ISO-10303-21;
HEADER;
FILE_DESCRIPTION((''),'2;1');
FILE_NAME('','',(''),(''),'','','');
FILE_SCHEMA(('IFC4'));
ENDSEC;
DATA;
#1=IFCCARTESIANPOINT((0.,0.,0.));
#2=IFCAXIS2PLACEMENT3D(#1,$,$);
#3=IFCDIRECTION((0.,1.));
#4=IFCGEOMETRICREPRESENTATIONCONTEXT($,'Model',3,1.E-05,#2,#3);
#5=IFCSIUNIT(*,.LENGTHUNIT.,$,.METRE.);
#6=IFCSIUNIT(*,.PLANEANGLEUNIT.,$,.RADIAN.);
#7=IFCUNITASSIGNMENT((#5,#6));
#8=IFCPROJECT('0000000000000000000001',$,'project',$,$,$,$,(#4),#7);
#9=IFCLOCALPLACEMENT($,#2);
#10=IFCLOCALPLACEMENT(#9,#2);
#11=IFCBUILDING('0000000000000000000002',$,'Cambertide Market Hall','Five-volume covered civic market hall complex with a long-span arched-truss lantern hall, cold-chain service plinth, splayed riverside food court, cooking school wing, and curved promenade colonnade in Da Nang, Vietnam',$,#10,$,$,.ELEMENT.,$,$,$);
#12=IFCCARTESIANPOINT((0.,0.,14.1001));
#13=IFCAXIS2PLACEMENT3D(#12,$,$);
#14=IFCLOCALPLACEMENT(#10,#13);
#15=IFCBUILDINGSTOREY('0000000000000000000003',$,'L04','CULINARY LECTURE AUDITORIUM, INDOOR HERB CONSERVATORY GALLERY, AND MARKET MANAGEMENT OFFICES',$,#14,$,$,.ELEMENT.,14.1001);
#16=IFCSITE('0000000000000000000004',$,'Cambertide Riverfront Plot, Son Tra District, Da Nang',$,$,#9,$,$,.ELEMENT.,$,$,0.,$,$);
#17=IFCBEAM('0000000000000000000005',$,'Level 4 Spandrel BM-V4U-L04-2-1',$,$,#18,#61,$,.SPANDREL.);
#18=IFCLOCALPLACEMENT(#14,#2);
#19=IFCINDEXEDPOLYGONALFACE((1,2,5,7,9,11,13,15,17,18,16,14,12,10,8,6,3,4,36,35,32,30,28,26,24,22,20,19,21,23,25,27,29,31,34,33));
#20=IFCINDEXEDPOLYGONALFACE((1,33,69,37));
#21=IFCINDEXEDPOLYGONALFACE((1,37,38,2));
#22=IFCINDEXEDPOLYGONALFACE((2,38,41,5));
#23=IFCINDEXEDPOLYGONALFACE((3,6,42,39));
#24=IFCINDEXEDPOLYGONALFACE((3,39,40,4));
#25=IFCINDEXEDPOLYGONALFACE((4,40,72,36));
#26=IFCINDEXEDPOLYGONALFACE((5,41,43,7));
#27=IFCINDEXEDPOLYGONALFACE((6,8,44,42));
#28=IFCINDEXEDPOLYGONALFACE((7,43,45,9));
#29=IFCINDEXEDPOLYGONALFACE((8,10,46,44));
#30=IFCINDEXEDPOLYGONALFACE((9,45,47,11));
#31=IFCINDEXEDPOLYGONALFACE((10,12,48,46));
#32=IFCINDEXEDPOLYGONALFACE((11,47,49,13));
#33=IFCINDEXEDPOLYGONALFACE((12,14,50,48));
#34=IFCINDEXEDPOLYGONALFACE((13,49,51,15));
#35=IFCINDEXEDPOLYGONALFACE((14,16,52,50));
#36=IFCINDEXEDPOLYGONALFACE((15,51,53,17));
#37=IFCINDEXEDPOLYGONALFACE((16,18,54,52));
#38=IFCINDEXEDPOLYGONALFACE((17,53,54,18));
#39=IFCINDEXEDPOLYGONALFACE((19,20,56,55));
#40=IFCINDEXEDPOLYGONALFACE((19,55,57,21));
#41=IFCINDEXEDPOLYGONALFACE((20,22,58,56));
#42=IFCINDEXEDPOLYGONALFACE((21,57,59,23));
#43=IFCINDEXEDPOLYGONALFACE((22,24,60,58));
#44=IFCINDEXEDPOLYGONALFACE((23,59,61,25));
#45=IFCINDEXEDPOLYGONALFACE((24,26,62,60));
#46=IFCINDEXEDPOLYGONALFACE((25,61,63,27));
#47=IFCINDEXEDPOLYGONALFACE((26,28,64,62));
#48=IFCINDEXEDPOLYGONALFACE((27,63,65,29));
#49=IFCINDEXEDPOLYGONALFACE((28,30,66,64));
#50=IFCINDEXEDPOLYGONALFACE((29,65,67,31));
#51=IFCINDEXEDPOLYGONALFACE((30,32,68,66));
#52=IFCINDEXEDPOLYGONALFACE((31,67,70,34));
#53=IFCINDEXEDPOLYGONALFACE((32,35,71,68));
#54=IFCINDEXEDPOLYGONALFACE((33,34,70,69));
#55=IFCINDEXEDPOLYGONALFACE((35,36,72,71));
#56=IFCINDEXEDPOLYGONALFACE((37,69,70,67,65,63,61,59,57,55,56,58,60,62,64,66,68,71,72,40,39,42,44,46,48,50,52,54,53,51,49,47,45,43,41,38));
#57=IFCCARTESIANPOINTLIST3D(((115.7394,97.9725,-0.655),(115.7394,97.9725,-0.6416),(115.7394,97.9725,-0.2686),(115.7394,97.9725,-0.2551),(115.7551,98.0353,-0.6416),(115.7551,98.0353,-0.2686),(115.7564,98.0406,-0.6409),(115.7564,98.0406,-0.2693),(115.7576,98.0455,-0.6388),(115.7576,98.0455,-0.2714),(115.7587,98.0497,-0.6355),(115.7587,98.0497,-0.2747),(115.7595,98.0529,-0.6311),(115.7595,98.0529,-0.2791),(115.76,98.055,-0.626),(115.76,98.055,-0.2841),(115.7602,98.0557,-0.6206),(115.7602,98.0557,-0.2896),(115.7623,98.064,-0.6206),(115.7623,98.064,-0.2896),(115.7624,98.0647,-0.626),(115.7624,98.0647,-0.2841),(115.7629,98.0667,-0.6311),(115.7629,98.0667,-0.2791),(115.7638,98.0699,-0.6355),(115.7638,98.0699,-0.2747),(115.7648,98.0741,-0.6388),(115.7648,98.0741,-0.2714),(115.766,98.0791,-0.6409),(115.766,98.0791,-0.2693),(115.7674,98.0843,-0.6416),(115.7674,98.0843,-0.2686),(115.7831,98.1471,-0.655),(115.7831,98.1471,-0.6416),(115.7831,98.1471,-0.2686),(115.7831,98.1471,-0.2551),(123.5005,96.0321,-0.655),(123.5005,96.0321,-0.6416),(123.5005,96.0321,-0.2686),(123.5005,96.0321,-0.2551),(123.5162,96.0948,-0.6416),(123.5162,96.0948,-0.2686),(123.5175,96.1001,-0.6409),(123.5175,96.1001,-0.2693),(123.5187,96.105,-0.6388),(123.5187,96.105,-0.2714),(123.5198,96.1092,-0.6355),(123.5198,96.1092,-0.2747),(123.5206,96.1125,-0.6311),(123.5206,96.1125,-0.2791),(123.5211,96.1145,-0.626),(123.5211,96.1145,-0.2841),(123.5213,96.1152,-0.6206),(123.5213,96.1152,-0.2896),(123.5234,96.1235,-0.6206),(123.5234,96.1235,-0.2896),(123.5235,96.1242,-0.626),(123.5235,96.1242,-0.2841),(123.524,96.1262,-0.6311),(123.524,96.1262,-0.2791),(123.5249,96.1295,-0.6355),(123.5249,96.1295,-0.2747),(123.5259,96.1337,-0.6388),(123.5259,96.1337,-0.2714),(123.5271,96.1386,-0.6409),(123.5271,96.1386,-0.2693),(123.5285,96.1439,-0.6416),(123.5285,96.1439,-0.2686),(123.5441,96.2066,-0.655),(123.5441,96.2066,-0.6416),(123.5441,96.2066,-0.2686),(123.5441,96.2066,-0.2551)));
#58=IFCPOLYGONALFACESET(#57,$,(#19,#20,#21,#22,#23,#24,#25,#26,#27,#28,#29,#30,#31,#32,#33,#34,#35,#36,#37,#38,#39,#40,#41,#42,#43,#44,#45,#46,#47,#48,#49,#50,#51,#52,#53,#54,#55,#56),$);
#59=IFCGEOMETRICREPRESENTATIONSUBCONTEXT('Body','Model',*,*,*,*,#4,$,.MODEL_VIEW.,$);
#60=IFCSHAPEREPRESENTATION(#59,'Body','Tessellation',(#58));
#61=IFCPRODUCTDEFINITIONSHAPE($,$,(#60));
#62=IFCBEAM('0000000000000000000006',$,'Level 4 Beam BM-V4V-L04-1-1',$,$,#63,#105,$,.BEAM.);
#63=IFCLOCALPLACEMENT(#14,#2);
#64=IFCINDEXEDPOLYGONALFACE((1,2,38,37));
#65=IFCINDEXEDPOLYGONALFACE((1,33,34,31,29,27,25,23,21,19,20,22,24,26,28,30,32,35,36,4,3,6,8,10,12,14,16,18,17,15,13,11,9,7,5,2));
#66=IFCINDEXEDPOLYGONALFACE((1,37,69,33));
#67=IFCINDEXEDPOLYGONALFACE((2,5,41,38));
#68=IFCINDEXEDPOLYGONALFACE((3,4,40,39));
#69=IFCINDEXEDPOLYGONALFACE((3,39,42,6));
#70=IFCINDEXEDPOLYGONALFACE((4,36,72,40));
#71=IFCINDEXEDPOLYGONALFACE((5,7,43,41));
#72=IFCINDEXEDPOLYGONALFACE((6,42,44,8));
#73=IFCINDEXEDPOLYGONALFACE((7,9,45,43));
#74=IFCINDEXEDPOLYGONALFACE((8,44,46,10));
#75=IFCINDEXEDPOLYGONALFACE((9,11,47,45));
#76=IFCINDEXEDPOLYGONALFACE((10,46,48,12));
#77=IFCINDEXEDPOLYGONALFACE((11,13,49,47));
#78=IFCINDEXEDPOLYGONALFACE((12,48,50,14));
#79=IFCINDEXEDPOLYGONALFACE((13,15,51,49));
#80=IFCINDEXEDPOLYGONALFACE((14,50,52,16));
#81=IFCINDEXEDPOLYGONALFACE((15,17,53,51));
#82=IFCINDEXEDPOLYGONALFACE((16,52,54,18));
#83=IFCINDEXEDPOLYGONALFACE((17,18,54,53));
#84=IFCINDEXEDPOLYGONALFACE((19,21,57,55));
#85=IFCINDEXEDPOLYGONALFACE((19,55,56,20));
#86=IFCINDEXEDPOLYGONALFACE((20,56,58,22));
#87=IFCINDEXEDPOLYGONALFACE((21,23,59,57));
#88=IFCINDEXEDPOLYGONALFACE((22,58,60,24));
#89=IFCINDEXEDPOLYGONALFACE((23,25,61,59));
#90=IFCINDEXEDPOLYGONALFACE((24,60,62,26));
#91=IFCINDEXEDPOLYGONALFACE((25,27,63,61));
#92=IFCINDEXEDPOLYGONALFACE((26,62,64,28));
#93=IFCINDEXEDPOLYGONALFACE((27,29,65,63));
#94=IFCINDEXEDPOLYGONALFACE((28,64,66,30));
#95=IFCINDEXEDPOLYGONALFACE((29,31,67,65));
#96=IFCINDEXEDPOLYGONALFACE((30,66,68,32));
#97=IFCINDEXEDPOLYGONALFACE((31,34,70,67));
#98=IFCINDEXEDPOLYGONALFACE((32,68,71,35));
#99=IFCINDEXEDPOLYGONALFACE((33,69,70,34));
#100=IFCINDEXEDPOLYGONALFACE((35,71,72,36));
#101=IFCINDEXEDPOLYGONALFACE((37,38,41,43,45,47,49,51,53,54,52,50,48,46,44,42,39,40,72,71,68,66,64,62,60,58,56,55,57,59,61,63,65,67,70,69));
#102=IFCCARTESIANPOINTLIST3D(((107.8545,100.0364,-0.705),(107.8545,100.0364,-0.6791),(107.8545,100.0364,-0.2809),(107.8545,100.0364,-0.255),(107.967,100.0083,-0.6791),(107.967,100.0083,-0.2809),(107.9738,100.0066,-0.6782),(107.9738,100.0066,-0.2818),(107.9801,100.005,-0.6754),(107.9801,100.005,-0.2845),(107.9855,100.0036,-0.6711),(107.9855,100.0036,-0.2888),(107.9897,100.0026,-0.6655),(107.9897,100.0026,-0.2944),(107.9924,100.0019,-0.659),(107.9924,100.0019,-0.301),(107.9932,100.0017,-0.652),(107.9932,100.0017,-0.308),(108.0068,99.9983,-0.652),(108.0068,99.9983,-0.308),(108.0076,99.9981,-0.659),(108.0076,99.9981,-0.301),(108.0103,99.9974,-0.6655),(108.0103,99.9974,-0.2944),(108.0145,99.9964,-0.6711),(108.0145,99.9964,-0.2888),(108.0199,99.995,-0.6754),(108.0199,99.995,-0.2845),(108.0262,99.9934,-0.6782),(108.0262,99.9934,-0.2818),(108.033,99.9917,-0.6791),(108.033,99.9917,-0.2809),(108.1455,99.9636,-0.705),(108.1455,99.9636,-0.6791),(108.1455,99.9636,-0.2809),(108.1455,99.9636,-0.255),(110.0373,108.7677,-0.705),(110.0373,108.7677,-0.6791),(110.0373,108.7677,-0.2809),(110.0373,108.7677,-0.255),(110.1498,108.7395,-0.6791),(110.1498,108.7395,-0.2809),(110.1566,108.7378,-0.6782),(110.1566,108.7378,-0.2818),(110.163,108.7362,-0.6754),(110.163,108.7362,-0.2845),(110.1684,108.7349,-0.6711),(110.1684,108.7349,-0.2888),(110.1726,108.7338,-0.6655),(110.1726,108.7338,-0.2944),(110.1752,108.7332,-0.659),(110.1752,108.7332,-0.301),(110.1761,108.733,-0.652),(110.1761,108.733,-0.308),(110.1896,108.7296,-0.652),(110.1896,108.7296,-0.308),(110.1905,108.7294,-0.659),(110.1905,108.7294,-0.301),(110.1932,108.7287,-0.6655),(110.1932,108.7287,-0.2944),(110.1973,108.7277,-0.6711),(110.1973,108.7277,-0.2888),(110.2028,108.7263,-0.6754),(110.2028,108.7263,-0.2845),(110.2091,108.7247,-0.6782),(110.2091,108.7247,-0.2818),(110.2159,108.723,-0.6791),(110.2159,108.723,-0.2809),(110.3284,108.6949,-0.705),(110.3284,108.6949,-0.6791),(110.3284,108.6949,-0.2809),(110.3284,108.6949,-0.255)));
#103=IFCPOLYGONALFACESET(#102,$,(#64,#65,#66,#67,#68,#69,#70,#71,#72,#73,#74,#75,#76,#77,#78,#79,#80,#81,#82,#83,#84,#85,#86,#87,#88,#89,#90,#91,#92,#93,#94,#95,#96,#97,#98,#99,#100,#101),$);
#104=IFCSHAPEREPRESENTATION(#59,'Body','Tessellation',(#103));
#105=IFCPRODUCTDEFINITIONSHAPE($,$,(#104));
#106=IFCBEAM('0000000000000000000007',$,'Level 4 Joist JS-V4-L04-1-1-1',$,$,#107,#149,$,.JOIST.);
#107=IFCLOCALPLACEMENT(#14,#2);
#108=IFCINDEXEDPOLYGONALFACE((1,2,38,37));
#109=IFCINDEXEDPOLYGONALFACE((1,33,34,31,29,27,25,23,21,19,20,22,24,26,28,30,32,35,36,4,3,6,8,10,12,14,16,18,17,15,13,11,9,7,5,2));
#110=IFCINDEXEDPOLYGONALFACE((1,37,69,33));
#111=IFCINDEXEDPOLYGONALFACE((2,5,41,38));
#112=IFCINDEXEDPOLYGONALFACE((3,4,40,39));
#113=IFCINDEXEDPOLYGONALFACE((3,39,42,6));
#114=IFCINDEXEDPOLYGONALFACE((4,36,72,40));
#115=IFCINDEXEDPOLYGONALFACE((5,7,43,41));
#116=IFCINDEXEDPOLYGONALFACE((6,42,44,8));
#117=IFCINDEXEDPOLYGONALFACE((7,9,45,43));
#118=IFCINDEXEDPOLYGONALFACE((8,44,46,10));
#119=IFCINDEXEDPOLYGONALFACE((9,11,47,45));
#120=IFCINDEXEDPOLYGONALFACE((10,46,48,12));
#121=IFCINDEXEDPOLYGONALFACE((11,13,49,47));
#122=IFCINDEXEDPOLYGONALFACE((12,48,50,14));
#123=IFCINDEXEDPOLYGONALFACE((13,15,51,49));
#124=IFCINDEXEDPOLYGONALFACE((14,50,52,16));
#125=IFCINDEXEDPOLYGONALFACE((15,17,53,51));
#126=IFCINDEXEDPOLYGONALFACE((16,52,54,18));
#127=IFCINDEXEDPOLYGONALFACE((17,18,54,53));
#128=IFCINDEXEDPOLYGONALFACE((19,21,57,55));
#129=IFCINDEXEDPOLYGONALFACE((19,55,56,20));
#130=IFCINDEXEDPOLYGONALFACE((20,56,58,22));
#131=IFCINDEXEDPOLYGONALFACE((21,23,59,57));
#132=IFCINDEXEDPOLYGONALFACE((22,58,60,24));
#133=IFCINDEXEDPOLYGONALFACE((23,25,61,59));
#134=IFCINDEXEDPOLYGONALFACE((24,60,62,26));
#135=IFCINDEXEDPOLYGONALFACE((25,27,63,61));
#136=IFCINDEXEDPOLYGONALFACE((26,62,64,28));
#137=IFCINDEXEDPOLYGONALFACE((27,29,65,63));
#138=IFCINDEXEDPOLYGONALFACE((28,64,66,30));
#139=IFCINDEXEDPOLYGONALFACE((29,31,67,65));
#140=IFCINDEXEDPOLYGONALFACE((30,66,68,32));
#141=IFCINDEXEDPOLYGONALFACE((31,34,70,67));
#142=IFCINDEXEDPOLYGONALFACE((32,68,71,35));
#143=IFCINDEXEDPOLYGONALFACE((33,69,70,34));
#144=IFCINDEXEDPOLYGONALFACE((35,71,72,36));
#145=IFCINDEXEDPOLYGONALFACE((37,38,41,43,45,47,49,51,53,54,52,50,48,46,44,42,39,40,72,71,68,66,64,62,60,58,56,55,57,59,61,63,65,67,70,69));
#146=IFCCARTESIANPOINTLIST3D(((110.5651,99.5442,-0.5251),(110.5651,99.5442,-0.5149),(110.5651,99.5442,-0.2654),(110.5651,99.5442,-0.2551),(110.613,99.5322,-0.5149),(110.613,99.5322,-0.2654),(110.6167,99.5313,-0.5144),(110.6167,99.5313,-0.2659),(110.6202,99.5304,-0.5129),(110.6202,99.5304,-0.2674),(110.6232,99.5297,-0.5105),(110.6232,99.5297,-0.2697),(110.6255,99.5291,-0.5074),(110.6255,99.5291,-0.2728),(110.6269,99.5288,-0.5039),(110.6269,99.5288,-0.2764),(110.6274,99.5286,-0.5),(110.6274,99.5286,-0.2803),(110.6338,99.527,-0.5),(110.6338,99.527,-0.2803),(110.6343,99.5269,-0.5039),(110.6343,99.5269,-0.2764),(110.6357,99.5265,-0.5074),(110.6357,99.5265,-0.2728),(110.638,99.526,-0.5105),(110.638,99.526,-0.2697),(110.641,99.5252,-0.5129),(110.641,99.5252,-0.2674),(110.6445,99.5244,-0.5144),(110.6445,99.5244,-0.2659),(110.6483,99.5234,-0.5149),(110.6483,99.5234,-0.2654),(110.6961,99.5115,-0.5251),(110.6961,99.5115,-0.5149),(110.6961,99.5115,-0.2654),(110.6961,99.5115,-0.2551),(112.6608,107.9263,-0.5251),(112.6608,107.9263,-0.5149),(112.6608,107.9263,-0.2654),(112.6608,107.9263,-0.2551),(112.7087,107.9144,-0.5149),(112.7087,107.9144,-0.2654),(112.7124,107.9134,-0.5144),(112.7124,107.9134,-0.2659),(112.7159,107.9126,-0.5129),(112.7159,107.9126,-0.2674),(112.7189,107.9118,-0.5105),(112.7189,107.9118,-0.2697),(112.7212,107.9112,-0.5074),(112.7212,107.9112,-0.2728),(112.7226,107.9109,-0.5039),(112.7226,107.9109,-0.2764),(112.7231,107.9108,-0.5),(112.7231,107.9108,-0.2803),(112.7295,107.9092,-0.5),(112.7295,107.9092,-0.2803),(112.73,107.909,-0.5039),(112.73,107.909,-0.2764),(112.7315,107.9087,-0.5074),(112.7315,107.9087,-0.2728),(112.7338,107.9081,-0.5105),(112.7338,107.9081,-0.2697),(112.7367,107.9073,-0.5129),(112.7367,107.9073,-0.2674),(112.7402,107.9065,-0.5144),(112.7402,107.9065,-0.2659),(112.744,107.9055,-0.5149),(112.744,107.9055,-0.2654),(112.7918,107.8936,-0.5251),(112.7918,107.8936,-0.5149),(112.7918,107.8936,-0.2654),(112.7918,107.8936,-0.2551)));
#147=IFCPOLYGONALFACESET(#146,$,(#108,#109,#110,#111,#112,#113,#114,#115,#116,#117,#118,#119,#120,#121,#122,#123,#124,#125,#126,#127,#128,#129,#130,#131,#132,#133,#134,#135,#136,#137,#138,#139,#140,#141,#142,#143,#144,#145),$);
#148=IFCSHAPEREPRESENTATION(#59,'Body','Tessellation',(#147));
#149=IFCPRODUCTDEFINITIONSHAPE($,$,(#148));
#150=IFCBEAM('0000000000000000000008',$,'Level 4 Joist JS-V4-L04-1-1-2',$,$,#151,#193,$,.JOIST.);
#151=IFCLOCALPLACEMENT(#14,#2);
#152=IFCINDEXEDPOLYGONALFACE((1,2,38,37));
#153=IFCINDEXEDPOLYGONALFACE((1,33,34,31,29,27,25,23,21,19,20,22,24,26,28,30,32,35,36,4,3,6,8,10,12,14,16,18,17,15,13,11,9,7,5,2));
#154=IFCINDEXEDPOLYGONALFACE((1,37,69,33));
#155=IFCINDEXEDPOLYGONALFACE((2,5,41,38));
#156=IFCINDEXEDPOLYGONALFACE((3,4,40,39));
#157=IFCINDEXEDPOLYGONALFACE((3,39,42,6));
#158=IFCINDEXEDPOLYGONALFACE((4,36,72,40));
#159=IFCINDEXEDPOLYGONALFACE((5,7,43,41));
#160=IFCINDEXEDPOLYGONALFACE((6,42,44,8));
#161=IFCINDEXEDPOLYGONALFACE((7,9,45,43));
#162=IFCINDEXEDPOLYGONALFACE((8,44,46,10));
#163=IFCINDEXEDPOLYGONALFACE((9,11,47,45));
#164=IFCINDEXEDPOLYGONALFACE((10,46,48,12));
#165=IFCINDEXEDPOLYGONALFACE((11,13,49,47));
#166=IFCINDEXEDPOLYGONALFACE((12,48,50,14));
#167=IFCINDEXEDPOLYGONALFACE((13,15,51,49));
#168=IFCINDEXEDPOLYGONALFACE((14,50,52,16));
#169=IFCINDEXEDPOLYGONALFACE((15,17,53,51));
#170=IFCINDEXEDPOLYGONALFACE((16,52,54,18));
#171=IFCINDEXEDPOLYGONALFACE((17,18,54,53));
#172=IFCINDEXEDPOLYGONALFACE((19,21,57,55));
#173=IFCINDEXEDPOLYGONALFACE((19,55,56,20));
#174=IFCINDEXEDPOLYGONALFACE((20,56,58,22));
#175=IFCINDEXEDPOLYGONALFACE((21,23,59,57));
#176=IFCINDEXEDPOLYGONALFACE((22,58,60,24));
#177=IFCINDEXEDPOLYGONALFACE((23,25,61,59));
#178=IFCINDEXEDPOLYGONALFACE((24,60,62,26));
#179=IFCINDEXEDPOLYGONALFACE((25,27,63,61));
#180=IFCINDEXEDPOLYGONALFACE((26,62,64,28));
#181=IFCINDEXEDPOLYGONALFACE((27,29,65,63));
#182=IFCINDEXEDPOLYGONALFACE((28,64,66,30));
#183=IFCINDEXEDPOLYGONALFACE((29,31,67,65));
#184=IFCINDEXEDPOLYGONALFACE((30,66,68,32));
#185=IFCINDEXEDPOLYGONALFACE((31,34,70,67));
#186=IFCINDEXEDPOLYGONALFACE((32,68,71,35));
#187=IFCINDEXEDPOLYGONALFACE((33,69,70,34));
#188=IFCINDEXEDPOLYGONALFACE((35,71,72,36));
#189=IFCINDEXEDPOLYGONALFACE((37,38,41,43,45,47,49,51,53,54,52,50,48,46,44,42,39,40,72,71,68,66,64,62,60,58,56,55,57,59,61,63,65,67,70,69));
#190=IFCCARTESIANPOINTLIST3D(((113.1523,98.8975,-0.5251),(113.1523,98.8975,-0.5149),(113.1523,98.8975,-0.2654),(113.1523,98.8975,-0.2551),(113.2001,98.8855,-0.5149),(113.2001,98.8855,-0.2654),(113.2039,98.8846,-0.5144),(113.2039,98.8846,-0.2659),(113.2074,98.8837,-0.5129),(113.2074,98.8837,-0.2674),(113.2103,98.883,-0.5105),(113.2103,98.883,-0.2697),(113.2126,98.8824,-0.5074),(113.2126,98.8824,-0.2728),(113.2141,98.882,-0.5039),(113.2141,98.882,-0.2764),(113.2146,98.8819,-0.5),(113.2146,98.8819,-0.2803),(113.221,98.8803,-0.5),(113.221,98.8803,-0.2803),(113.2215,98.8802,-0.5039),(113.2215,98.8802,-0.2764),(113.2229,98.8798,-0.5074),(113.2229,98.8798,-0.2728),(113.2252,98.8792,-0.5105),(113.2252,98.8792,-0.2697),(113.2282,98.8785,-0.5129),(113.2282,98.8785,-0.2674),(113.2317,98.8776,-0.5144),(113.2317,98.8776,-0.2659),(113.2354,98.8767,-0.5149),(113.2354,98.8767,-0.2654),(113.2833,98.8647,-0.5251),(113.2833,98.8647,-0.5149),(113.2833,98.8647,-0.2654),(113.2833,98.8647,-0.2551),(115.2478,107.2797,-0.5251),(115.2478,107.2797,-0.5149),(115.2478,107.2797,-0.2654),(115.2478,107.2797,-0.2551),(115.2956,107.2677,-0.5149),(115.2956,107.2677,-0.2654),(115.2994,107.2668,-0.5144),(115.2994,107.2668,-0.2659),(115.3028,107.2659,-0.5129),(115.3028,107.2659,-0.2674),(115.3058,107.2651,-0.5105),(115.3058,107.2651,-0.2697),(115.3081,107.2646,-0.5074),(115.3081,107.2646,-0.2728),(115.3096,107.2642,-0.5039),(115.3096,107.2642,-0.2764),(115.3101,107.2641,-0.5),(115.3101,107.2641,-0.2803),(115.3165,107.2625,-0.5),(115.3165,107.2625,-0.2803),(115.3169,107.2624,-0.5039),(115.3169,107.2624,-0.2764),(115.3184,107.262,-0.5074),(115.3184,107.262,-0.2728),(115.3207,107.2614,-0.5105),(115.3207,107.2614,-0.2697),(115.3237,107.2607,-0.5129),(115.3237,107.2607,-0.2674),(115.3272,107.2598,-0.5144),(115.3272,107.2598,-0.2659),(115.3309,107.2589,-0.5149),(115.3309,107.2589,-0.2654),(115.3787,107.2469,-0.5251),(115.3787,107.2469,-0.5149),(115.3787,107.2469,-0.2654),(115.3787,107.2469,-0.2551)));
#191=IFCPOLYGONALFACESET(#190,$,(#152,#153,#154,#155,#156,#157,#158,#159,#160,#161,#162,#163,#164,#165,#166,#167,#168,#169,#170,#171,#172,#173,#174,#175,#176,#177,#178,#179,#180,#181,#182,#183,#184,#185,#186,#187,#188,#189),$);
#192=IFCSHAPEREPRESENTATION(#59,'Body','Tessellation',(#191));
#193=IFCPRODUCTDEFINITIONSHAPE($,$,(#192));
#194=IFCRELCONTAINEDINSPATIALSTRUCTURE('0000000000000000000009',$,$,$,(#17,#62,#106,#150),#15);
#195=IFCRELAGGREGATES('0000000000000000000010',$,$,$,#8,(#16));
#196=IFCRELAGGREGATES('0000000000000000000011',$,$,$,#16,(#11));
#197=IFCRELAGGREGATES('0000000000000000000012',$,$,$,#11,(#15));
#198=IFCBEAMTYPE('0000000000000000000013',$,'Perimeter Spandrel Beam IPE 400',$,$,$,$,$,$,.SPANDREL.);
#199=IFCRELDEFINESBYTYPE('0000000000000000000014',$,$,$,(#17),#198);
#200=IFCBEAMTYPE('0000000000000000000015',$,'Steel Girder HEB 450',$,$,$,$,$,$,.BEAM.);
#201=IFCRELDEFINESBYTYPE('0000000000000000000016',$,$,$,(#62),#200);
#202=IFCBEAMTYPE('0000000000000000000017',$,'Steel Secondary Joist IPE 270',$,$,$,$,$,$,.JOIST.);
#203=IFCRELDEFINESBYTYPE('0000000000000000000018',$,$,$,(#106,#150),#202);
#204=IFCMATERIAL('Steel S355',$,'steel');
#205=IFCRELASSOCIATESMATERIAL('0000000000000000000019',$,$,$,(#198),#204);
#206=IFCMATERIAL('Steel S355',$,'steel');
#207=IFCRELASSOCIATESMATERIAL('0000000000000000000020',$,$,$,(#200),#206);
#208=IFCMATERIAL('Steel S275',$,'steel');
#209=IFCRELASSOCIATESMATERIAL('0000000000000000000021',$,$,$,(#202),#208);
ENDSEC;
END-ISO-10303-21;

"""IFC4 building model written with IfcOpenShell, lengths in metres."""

from ifc_helpers import new_model, si_unit, direction, frame, origin, origin_2d, place, context, subcontext, project, spatial, i_section, extrude, material, material_profile, profile_set, type_object, element, save


model = new_model("IFC4")

# Units and contexts
model_context = context("Model", 3, precision=1e-05, world=origin(), true_north=direction((0.0, 1.0)))
body_context = subcontext(model_context, "Body", "Model", "MODEL_VIEW")
ifc_project = project(units=[si_unit("LENGTHUNIT", "METRE"), si_unit("PLANEANGLEUNIT", "RADIAN")], contexts=[model_context])

# Site, building, storey
site_placement = place(None, origin())
site = spatial("IfcSite", under=ifc_project, at=site_placement, Name="Cambertide Riverfront Plot, Son Tra District, Da Nang", CompositionType="ELEMENT", RefElevation=0.0)
building_placement = place(site_placement, origin())
building = spatial("IfcBuilding", under=site, at=building_placement, Name="Cambertide Market Hall", Description="Five-volume covered civic market hall complex with a long-span arched-truss lantern hall, cold-chain service plinth, splayed riverside food court, cooking school wing, and curved promenade colonnade in Da Nang, Vietnam", CompositionType="ELEMENT")
storey_placement = place(building_placement, frame((0.0, 0.0, 14.1001)))
storey = spatial("IfcBuildingStorey", under=building, at=storey_placement, Name="L04", Description="CULINARY LECTURE AUDITORIUM, INDOOR HERB CONSERVATORY GALLERY, AND MARKET MANAGEMENT OFFICES", CompositionType="ELEMENT", Elevation=14.1001)

# Beams
ifc_material_1 = material(Name="Steel S355", Category="steel")
ifc_material_profile_1 = material_profile(ifc_material_1, i_section(OverallWidth=0.1799, OverallDepth=0.3999, WebThickness=0.0085, FlangeThickness=0.0134, FilletRadius=0.021, at=origin_2d()), Name="IPE 400")
ifc_profile_set_1 = profile_set([ifc_material_profile_1], Name="Steel S355")
beam_type_1 = type_object("IfcBeamType", Name="Perimeter Spandrel Beam IPE 400", PredefinedType="SPANDREL", material=ifc_profile_set_1)
for number, where, z_axis, x_axis, name in (
    (1, (115.7612, 98.0598, -0.4551), (0.970137, -0.242557, 0.0), (0.242557, 0.970137, 0.0), "Level 4 Spandrel BM-V4U-L04-2-1"),
):
    element("IfcBeam", number, at=place(storey_placement, frame(where, z_axis=z_axis, x_axis=x_axis)), inside=storey, type_object=beam_type_1, Name=name, PredefinedType="SPANDREL", context=body_context, shape_type="SweptSolid", body=[
        extrude(i_section(OverallWidth=0.1799, OverallDepth=0.3999, WebThickness=0.0085, FlangeThickness=0.0134, FilletRadius=0.021, at=origin_2d()), origin(), (0.0, 0.0, 1.0), 8.0),
    ])
ifc_material_2 = material(Name="Steel S355", Category="steel")
ifc_material_profile_2 = material_profile(ifc_material_2, i_section(OverallWidth=0.3, OverallDepth=0.45, WebThickness=0.0139, FlangeThickness=0.0259, FilletRadius=0.0271, at=origin_2d()), Name="HEB 450")
ifc_profile_set_2 = profile_set([ifc_material_profile_2], Name="Steel S355")
beam_type_2 = type_object("IfcBeamType", Name="Steel Girder HEB 450", PredefinedType="BEAM", material=ifc_profile_set_2)
beam_1_placement = place(storey_placement, frame((108.0, 100.0, -0.48), z_axis=(0.242542, 0.970141, 0.0), x_axis=(-0.970141, 0.242542, 0.0)))
element("IfcBeam", 2, at=beam_1_placement, inside=storey, type_object=beam_type_2, Name="Level 4 Beam BM-V4V-L04-1-1", PredefinedType="BEAM", context=body_context, shape_type="SweptSolid", body=[
    extrude(i_section(OverallWidth=0.3, OverallDepth=0.45, WebThickness=0.0139, FlangeThickness=0.0259, FilletRadius=0.0271, at=origin_2d()), origin(), (0.0, 0.0, 1.0), 9.0),
])
ifc_material_3 = material(Name="Steel S275", Category="steel")
ifc_material_profile_3 = material_profile(ifc_material_3, i_section(OverallWidth=0.135, OverallDepth=0.27, WebThickness=0.0066, FlangeThickness=0.0103, FilletRadius=0.0149, at=origin_2d()), Name="IPE 270")
ifc_profile_set_3 = profile_set([ifc_material_profile_3], Name="Steel S275")
beam_type_3 = type_object("IfcBeamType", Name="Steel Secondary Joist IPE 270", PredefinedType="JOIST", material=ifc_profile_set_3)
for number, where, z_axis, x_axis, name in (
    (3, (110.6306, 99.5278, -0.3901), (0.242556, 0.970138, 0.0), (-0.970138, 0.242556, 0.0), "Level 4 Joist JS-V4-L04-1-1-1"),
    (4, (113.2178, 98.8811, -0.3901), (0.242529, 0.970144, 0.0), (-0.970144, 0.242529, 0.0), "Level 4 Joist JS-V4-L04-1-1-2"),
):
    element("IfcBeam", number, at=place(storey_placement, frame(where, z_axis=z_axis, x_axis=x_axis)), inside=storey, type_object=beam_type_3, Name=name, PredefinedType="JOIST", context=body_context, shape_type="SweptSolid", body=[
        extrude(i_section(OverallWidth=0.135, OverallDepth=0.27, WebThickness=0.0066, FlangeThickness=0.0103, FilletRadius=0.0149, at=origin_2d()), origin(), (0.0, 0.0, 1.0), 8.6401),
    ])

save(model, "model.ifc")
